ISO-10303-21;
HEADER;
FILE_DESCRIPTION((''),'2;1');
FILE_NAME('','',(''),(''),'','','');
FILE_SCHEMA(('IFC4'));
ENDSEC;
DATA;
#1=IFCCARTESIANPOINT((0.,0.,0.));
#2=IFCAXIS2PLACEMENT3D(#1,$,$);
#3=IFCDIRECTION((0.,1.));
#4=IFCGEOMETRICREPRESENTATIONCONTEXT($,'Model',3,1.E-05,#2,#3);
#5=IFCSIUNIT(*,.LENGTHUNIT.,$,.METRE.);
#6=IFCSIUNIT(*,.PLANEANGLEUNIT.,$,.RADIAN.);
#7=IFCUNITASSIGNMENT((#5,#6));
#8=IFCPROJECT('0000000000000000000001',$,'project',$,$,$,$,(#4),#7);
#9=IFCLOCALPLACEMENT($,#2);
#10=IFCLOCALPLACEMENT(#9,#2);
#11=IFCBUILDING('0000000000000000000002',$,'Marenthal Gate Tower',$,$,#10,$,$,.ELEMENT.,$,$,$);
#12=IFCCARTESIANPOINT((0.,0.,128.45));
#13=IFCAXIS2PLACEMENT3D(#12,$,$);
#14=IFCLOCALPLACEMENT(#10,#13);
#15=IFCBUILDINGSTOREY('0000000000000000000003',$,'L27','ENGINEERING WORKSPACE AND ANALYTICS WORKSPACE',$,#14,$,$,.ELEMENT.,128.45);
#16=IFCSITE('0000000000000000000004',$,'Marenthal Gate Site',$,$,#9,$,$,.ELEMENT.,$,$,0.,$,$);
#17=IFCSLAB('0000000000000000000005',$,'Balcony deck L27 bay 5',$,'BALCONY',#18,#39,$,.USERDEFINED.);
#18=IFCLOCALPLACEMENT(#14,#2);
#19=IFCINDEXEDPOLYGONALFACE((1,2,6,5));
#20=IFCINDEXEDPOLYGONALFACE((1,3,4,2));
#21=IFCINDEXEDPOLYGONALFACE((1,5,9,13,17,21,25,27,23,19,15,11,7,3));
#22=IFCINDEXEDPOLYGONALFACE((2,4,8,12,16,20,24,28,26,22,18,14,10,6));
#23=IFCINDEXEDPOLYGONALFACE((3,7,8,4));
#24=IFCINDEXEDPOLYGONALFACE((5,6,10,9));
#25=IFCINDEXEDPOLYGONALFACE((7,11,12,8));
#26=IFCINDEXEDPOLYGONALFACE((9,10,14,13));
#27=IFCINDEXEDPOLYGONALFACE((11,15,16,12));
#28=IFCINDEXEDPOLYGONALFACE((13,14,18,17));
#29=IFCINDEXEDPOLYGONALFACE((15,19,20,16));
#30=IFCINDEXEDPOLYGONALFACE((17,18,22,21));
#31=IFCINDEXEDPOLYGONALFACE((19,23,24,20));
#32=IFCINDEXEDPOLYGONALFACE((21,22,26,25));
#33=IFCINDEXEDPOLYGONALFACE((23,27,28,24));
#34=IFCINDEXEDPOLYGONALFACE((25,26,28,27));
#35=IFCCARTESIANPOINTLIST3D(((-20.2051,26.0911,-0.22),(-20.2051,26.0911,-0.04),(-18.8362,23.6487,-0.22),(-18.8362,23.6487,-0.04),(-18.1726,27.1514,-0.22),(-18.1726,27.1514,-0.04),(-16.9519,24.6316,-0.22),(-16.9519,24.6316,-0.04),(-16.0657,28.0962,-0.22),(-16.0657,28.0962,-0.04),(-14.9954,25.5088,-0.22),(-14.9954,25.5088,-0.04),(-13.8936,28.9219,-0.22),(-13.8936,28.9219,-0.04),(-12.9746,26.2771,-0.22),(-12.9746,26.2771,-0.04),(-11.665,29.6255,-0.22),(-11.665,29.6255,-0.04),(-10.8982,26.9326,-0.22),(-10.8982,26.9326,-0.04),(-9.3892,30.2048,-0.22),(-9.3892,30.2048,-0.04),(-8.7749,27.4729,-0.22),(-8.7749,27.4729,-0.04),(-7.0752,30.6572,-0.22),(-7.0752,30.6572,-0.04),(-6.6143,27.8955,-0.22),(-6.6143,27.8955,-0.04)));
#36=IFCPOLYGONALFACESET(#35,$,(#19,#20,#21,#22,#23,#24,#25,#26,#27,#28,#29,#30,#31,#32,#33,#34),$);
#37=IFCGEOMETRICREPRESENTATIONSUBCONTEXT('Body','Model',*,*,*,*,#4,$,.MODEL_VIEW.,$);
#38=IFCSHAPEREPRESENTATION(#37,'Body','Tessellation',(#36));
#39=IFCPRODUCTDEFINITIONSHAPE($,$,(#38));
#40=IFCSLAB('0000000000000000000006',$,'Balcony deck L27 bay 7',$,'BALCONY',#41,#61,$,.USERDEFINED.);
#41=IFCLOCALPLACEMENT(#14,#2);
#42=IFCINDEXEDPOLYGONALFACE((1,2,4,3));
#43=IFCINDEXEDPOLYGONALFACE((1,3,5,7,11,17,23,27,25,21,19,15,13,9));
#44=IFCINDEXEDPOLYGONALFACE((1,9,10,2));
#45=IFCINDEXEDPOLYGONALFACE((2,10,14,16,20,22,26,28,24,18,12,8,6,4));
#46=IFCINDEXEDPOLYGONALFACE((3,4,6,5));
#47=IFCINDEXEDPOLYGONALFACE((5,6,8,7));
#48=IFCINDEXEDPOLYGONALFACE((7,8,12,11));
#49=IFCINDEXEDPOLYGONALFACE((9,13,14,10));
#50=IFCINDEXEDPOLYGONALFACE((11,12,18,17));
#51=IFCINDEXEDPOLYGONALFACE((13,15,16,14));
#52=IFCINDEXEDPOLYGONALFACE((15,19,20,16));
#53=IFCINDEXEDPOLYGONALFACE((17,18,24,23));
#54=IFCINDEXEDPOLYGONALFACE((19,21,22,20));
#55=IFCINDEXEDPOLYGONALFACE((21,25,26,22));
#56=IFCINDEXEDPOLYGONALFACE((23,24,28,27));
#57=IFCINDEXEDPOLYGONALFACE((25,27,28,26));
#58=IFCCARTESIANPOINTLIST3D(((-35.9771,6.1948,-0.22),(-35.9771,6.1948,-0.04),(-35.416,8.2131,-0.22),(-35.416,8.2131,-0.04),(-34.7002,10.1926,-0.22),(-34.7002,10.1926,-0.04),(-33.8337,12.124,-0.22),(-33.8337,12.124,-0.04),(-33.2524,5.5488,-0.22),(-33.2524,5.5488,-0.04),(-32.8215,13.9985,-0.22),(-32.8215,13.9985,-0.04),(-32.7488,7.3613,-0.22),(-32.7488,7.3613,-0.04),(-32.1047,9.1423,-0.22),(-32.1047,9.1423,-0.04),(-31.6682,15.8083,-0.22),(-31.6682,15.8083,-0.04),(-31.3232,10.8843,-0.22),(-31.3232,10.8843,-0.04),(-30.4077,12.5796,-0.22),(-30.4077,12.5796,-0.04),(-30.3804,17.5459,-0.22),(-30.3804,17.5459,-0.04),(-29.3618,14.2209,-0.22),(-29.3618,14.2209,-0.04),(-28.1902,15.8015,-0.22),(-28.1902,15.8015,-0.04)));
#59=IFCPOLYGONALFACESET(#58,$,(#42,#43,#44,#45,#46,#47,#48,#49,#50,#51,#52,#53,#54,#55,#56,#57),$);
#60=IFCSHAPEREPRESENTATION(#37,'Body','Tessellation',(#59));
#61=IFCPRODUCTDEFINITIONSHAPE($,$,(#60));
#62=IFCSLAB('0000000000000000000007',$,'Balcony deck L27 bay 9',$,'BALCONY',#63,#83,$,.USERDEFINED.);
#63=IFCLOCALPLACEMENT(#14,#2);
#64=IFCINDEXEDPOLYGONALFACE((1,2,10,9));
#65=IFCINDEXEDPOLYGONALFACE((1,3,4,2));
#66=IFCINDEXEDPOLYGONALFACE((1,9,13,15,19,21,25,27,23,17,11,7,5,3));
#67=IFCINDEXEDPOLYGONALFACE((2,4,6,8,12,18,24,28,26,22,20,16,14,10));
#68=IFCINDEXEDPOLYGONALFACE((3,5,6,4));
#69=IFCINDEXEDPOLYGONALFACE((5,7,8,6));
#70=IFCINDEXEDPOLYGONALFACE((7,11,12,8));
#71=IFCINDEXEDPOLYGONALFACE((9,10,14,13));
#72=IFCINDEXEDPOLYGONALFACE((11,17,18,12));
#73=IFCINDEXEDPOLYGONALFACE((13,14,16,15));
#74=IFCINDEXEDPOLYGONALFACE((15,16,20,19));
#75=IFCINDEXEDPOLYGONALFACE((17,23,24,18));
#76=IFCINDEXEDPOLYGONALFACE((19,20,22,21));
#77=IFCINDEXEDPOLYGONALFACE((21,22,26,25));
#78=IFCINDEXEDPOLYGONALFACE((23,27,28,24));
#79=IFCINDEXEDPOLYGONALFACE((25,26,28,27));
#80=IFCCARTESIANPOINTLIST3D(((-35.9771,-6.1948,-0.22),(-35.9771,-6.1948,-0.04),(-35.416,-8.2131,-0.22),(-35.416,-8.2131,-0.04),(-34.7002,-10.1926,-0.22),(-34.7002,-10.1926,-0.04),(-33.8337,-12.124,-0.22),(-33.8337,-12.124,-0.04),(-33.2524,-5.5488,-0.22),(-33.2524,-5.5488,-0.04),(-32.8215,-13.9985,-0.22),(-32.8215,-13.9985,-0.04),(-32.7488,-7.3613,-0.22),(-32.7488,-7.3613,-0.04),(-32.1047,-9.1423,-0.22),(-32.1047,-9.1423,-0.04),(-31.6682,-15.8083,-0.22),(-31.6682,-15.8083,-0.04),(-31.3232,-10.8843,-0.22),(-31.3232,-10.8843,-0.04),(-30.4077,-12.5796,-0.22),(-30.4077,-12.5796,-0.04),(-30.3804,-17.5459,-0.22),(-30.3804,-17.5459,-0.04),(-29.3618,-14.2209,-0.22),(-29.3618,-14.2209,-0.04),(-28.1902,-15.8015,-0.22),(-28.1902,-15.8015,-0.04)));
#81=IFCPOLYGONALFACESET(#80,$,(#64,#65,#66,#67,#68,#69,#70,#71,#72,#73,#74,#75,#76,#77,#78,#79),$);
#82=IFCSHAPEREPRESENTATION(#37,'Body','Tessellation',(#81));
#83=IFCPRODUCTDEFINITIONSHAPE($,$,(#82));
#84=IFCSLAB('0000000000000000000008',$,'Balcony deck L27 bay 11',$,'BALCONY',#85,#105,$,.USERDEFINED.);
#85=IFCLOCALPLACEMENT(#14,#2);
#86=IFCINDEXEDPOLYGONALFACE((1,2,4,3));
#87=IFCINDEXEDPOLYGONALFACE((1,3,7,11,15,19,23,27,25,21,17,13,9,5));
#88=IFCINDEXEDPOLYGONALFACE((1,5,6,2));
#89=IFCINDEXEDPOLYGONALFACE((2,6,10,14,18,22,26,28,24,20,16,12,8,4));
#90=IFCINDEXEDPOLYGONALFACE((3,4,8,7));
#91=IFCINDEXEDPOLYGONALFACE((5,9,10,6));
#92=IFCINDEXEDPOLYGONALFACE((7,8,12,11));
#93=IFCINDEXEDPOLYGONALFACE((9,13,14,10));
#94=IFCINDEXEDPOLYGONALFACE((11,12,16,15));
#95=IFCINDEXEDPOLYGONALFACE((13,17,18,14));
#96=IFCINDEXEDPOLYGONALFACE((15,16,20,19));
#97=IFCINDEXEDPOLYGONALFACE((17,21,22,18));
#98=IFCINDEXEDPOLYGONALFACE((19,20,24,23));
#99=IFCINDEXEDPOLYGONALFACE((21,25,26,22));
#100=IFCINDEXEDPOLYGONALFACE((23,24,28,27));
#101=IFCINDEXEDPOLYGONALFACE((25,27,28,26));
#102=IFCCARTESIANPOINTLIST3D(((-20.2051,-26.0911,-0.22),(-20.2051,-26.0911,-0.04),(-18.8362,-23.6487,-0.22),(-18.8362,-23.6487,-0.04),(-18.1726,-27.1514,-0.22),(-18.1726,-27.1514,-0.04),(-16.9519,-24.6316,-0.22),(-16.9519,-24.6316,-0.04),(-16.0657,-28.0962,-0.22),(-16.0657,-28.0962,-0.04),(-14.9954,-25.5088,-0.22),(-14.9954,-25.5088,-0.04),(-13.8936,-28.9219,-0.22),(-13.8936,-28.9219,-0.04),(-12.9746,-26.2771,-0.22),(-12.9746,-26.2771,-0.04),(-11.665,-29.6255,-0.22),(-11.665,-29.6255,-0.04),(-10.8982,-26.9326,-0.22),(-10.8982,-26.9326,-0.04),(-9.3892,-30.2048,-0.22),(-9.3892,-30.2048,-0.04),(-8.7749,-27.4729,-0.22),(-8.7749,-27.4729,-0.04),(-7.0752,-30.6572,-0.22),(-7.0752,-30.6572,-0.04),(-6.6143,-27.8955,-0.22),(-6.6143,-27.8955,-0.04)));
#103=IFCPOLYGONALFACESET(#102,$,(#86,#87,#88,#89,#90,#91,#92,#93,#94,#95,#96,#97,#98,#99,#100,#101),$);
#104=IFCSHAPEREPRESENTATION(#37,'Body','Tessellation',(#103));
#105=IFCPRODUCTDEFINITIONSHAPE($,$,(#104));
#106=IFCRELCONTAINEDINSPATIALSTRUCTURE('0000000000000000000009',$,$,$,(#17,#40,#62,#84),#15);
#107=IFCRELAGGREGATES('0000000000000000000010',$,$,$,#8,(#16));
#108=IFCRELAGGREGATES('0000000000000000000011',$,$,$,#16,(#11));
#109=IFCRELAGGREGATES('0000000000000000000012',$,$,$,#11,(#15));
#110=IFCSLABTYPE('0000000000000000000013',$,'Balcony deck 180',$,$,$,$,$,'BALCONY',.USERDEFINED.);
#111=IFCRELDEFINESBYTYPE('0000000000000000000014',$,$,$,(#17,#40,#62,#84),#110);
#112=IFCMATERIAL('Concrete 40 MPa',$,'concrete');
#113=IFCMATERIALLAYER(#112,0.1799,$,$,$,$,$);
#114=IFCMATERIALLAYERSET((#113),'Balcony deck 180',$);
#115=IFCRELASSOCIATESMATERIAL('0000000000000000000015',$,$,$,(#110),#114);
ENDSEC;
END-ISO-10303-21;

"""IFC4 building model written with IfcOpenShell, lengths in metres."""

from ifc_helpers import new_model, si_unit, direction, frame, origin, place, context, subcontext, project, spatial, polyline, outline, extrude, material, layer, layer_set, type_object, element, save


model = new_model("IFC4")

# Units and contexts
model_context = context("Model", 3, precision=1e-05, world=origin(), true_north=direction((0.0, 1.0)))
body_context = subcontext(model_context, "Body", "Model", "MODEL_VIEW")
ifc_project = project(units=[si_unit("LENGTHUNIT", "METRE"), si_unit("PLANEANGLEUNIT", "RADIAN")], contexts=[model_context])

# Site, building, storey
site_placement = place(None, origin())
site = spatial("IfcSite", under=ifc_project, at=site_placement, Name="Marenthal Gate Site", CompositionType="ELEMENT", RefElevation=0.0)
building_placement = place(site_placement, origin())
building = spatial("IfcBuilding", under=site, at=building_placement, Name="Marenthal Gate Tower", CompositionType="ELEMENT")
storey_placement = place(building_placement, frame((0.0, 0.0, 128.45)))
storey = spatial("IfcBuildingStorey", under=building, at=storey_placement, Name="L27", Description="ENGINEERING WORKSPACE AND ANALYTICS WORKSPACE", CompositionType="ELEMENT", Elevation=128.45)

# Slabs
ifc_material_1 = material(Name="Concrete 40 MPa", Category="concrete")
ifc_layer_1 = layer(ifc_material_1, 0.1799)
ifc_layer_set_1 = layer_set([ifc_layer_1], Name="Balcony deck 180")
slab_type = type_object("IfcSlabType", Name="Balcony deck 180", ElementType="BALCONY", PredefinedType="USERDEFINED", material=ifc_layer_set_1)
slab_1_placement = place(storey_placement, frame((0.0, 0.0, -0.22)))
element("IfcSlab", 1, at=slab_1_placement, inside=storey, type_object=slab_type, Name="Balcony deck L27 bay 5", ObjectType="BALCONY", PredefinedType="USERDEFINED", context=body_context, shape_type="SweptSolid", body=[
    extrude(outline(polyline([(-6.6143, 27.8955), (-8.7749, 27.4729), (-10.8982, 26.9326), (-12.9746, 26.2771), (-14.9954, 25.5088), (-16.9519, 24.6316), (-18.8362, 23.6487), (-20.2051, 26.0911), (-18.1726, 27.1514), (-16.0657, 28.0962), (-13.8936, 28.9219), (-11.665, 29.6255), (-9.3892, 30.2048), (-7.0752, 30.6572), (-6.6143, 27.8955)])), origin(), (0.0, 0.0, 1.0), 0.1799),
])
slab_2_placement = place(storey_placement, frame((0.0, 0.0, -0.22)))
element("IfcSlab", 2, at=slab_2_placement, inside=storey, type_object=slab_type, Name="Balcony deck L27 bay 7", ObjectType="BALCONY", PredefinedType="USERDEFINED", context=body_context, shape_type="SweptSolid", body=[
    extrude(outline(polyline([(-28.1902, 15.8015), (-29.3618, 14.2209), (-30.4077, 12.5796), (-31.3232, 10.8843), (-32.1047, 9.1423), (-32.7488, 7.3613), (-33.2524, 5.5488), (-35.9771, 6.1948), (-35.416, 8.2131), (-34.7002, 10.1926), (-33.8337, 12.124), (-32.8215, 13.9985), (-31.6682, 15.8083), (-30.3804, 17.5459), (-28.1902, 15.8015)])), origin(), (0.0, 0.0, 1.0), 0.1799),
])
slab_3_placement = place(storey_placement, frame((0.0, 0.0, -0.22)))
element("IfcSlab", 3, at=slab_3_placement, inside=storey, type_object=slab_type, Name="Balcony deck L27 bay 9", ObjectType="BALCONY", PredefinedType="USERDEFINED", context=body_context, shape_type="SweptSolid", body=[
    extrude(outline(polyline([(-33.2524, -5.5488), (-32.7488, -7.3613), (-32.1047, -9.1423), (-31.3232, -10.8843), (-30.4077, -12.5796), (-29.3618, -14.2209), (-28.1902, -15.8015), (-30.3804, -17.5459), (-31.6682, -15.8083), (-32.8215, -13.9985), (-33.8337, -12.124), (-34.7002, -10.1926), (-35.416, -8.2131), (-35.9771, -6.1948), (-33.2524, -5.5488)])), origin(), (0.0, 0.0, 1.0), 0.1799),
])
slab_4_placement = place(storey_placement, frame((0.0, 0.0, -0.22)))
element("IfcSlab", 4, at=slab_4_placement, inside=storey, type_object=slab_type, Name="Balcony deck L27 bay 11", ObjectType="BALCONY", PredefinedType="USERDEFINED", context=body_context, shape_type="SweptSolid", body=[
    extrude(outline(polyline([(-18.8362, -23.6487), (-16.9519, -24.6316), (-14.9954, -25.5088), (-12.9746, -26.2771), (-10.8982, -26.9326), (-8.7749, -27.4729), (-6.6143, -27.8955), (-7.0752, -30.6572), (-9.3892, -30.2048), (-11.665, -29.6255), (-13.8936, -28.9219), (-16.0657, -28.0962), (-18.1726, -27.1514), (-20.2051, -26.0911), (-18.8362, -23.6487)])), origin(), (0.0, 0.0, 1.0), 0.1799),
])

save(model, "model.ifc")
